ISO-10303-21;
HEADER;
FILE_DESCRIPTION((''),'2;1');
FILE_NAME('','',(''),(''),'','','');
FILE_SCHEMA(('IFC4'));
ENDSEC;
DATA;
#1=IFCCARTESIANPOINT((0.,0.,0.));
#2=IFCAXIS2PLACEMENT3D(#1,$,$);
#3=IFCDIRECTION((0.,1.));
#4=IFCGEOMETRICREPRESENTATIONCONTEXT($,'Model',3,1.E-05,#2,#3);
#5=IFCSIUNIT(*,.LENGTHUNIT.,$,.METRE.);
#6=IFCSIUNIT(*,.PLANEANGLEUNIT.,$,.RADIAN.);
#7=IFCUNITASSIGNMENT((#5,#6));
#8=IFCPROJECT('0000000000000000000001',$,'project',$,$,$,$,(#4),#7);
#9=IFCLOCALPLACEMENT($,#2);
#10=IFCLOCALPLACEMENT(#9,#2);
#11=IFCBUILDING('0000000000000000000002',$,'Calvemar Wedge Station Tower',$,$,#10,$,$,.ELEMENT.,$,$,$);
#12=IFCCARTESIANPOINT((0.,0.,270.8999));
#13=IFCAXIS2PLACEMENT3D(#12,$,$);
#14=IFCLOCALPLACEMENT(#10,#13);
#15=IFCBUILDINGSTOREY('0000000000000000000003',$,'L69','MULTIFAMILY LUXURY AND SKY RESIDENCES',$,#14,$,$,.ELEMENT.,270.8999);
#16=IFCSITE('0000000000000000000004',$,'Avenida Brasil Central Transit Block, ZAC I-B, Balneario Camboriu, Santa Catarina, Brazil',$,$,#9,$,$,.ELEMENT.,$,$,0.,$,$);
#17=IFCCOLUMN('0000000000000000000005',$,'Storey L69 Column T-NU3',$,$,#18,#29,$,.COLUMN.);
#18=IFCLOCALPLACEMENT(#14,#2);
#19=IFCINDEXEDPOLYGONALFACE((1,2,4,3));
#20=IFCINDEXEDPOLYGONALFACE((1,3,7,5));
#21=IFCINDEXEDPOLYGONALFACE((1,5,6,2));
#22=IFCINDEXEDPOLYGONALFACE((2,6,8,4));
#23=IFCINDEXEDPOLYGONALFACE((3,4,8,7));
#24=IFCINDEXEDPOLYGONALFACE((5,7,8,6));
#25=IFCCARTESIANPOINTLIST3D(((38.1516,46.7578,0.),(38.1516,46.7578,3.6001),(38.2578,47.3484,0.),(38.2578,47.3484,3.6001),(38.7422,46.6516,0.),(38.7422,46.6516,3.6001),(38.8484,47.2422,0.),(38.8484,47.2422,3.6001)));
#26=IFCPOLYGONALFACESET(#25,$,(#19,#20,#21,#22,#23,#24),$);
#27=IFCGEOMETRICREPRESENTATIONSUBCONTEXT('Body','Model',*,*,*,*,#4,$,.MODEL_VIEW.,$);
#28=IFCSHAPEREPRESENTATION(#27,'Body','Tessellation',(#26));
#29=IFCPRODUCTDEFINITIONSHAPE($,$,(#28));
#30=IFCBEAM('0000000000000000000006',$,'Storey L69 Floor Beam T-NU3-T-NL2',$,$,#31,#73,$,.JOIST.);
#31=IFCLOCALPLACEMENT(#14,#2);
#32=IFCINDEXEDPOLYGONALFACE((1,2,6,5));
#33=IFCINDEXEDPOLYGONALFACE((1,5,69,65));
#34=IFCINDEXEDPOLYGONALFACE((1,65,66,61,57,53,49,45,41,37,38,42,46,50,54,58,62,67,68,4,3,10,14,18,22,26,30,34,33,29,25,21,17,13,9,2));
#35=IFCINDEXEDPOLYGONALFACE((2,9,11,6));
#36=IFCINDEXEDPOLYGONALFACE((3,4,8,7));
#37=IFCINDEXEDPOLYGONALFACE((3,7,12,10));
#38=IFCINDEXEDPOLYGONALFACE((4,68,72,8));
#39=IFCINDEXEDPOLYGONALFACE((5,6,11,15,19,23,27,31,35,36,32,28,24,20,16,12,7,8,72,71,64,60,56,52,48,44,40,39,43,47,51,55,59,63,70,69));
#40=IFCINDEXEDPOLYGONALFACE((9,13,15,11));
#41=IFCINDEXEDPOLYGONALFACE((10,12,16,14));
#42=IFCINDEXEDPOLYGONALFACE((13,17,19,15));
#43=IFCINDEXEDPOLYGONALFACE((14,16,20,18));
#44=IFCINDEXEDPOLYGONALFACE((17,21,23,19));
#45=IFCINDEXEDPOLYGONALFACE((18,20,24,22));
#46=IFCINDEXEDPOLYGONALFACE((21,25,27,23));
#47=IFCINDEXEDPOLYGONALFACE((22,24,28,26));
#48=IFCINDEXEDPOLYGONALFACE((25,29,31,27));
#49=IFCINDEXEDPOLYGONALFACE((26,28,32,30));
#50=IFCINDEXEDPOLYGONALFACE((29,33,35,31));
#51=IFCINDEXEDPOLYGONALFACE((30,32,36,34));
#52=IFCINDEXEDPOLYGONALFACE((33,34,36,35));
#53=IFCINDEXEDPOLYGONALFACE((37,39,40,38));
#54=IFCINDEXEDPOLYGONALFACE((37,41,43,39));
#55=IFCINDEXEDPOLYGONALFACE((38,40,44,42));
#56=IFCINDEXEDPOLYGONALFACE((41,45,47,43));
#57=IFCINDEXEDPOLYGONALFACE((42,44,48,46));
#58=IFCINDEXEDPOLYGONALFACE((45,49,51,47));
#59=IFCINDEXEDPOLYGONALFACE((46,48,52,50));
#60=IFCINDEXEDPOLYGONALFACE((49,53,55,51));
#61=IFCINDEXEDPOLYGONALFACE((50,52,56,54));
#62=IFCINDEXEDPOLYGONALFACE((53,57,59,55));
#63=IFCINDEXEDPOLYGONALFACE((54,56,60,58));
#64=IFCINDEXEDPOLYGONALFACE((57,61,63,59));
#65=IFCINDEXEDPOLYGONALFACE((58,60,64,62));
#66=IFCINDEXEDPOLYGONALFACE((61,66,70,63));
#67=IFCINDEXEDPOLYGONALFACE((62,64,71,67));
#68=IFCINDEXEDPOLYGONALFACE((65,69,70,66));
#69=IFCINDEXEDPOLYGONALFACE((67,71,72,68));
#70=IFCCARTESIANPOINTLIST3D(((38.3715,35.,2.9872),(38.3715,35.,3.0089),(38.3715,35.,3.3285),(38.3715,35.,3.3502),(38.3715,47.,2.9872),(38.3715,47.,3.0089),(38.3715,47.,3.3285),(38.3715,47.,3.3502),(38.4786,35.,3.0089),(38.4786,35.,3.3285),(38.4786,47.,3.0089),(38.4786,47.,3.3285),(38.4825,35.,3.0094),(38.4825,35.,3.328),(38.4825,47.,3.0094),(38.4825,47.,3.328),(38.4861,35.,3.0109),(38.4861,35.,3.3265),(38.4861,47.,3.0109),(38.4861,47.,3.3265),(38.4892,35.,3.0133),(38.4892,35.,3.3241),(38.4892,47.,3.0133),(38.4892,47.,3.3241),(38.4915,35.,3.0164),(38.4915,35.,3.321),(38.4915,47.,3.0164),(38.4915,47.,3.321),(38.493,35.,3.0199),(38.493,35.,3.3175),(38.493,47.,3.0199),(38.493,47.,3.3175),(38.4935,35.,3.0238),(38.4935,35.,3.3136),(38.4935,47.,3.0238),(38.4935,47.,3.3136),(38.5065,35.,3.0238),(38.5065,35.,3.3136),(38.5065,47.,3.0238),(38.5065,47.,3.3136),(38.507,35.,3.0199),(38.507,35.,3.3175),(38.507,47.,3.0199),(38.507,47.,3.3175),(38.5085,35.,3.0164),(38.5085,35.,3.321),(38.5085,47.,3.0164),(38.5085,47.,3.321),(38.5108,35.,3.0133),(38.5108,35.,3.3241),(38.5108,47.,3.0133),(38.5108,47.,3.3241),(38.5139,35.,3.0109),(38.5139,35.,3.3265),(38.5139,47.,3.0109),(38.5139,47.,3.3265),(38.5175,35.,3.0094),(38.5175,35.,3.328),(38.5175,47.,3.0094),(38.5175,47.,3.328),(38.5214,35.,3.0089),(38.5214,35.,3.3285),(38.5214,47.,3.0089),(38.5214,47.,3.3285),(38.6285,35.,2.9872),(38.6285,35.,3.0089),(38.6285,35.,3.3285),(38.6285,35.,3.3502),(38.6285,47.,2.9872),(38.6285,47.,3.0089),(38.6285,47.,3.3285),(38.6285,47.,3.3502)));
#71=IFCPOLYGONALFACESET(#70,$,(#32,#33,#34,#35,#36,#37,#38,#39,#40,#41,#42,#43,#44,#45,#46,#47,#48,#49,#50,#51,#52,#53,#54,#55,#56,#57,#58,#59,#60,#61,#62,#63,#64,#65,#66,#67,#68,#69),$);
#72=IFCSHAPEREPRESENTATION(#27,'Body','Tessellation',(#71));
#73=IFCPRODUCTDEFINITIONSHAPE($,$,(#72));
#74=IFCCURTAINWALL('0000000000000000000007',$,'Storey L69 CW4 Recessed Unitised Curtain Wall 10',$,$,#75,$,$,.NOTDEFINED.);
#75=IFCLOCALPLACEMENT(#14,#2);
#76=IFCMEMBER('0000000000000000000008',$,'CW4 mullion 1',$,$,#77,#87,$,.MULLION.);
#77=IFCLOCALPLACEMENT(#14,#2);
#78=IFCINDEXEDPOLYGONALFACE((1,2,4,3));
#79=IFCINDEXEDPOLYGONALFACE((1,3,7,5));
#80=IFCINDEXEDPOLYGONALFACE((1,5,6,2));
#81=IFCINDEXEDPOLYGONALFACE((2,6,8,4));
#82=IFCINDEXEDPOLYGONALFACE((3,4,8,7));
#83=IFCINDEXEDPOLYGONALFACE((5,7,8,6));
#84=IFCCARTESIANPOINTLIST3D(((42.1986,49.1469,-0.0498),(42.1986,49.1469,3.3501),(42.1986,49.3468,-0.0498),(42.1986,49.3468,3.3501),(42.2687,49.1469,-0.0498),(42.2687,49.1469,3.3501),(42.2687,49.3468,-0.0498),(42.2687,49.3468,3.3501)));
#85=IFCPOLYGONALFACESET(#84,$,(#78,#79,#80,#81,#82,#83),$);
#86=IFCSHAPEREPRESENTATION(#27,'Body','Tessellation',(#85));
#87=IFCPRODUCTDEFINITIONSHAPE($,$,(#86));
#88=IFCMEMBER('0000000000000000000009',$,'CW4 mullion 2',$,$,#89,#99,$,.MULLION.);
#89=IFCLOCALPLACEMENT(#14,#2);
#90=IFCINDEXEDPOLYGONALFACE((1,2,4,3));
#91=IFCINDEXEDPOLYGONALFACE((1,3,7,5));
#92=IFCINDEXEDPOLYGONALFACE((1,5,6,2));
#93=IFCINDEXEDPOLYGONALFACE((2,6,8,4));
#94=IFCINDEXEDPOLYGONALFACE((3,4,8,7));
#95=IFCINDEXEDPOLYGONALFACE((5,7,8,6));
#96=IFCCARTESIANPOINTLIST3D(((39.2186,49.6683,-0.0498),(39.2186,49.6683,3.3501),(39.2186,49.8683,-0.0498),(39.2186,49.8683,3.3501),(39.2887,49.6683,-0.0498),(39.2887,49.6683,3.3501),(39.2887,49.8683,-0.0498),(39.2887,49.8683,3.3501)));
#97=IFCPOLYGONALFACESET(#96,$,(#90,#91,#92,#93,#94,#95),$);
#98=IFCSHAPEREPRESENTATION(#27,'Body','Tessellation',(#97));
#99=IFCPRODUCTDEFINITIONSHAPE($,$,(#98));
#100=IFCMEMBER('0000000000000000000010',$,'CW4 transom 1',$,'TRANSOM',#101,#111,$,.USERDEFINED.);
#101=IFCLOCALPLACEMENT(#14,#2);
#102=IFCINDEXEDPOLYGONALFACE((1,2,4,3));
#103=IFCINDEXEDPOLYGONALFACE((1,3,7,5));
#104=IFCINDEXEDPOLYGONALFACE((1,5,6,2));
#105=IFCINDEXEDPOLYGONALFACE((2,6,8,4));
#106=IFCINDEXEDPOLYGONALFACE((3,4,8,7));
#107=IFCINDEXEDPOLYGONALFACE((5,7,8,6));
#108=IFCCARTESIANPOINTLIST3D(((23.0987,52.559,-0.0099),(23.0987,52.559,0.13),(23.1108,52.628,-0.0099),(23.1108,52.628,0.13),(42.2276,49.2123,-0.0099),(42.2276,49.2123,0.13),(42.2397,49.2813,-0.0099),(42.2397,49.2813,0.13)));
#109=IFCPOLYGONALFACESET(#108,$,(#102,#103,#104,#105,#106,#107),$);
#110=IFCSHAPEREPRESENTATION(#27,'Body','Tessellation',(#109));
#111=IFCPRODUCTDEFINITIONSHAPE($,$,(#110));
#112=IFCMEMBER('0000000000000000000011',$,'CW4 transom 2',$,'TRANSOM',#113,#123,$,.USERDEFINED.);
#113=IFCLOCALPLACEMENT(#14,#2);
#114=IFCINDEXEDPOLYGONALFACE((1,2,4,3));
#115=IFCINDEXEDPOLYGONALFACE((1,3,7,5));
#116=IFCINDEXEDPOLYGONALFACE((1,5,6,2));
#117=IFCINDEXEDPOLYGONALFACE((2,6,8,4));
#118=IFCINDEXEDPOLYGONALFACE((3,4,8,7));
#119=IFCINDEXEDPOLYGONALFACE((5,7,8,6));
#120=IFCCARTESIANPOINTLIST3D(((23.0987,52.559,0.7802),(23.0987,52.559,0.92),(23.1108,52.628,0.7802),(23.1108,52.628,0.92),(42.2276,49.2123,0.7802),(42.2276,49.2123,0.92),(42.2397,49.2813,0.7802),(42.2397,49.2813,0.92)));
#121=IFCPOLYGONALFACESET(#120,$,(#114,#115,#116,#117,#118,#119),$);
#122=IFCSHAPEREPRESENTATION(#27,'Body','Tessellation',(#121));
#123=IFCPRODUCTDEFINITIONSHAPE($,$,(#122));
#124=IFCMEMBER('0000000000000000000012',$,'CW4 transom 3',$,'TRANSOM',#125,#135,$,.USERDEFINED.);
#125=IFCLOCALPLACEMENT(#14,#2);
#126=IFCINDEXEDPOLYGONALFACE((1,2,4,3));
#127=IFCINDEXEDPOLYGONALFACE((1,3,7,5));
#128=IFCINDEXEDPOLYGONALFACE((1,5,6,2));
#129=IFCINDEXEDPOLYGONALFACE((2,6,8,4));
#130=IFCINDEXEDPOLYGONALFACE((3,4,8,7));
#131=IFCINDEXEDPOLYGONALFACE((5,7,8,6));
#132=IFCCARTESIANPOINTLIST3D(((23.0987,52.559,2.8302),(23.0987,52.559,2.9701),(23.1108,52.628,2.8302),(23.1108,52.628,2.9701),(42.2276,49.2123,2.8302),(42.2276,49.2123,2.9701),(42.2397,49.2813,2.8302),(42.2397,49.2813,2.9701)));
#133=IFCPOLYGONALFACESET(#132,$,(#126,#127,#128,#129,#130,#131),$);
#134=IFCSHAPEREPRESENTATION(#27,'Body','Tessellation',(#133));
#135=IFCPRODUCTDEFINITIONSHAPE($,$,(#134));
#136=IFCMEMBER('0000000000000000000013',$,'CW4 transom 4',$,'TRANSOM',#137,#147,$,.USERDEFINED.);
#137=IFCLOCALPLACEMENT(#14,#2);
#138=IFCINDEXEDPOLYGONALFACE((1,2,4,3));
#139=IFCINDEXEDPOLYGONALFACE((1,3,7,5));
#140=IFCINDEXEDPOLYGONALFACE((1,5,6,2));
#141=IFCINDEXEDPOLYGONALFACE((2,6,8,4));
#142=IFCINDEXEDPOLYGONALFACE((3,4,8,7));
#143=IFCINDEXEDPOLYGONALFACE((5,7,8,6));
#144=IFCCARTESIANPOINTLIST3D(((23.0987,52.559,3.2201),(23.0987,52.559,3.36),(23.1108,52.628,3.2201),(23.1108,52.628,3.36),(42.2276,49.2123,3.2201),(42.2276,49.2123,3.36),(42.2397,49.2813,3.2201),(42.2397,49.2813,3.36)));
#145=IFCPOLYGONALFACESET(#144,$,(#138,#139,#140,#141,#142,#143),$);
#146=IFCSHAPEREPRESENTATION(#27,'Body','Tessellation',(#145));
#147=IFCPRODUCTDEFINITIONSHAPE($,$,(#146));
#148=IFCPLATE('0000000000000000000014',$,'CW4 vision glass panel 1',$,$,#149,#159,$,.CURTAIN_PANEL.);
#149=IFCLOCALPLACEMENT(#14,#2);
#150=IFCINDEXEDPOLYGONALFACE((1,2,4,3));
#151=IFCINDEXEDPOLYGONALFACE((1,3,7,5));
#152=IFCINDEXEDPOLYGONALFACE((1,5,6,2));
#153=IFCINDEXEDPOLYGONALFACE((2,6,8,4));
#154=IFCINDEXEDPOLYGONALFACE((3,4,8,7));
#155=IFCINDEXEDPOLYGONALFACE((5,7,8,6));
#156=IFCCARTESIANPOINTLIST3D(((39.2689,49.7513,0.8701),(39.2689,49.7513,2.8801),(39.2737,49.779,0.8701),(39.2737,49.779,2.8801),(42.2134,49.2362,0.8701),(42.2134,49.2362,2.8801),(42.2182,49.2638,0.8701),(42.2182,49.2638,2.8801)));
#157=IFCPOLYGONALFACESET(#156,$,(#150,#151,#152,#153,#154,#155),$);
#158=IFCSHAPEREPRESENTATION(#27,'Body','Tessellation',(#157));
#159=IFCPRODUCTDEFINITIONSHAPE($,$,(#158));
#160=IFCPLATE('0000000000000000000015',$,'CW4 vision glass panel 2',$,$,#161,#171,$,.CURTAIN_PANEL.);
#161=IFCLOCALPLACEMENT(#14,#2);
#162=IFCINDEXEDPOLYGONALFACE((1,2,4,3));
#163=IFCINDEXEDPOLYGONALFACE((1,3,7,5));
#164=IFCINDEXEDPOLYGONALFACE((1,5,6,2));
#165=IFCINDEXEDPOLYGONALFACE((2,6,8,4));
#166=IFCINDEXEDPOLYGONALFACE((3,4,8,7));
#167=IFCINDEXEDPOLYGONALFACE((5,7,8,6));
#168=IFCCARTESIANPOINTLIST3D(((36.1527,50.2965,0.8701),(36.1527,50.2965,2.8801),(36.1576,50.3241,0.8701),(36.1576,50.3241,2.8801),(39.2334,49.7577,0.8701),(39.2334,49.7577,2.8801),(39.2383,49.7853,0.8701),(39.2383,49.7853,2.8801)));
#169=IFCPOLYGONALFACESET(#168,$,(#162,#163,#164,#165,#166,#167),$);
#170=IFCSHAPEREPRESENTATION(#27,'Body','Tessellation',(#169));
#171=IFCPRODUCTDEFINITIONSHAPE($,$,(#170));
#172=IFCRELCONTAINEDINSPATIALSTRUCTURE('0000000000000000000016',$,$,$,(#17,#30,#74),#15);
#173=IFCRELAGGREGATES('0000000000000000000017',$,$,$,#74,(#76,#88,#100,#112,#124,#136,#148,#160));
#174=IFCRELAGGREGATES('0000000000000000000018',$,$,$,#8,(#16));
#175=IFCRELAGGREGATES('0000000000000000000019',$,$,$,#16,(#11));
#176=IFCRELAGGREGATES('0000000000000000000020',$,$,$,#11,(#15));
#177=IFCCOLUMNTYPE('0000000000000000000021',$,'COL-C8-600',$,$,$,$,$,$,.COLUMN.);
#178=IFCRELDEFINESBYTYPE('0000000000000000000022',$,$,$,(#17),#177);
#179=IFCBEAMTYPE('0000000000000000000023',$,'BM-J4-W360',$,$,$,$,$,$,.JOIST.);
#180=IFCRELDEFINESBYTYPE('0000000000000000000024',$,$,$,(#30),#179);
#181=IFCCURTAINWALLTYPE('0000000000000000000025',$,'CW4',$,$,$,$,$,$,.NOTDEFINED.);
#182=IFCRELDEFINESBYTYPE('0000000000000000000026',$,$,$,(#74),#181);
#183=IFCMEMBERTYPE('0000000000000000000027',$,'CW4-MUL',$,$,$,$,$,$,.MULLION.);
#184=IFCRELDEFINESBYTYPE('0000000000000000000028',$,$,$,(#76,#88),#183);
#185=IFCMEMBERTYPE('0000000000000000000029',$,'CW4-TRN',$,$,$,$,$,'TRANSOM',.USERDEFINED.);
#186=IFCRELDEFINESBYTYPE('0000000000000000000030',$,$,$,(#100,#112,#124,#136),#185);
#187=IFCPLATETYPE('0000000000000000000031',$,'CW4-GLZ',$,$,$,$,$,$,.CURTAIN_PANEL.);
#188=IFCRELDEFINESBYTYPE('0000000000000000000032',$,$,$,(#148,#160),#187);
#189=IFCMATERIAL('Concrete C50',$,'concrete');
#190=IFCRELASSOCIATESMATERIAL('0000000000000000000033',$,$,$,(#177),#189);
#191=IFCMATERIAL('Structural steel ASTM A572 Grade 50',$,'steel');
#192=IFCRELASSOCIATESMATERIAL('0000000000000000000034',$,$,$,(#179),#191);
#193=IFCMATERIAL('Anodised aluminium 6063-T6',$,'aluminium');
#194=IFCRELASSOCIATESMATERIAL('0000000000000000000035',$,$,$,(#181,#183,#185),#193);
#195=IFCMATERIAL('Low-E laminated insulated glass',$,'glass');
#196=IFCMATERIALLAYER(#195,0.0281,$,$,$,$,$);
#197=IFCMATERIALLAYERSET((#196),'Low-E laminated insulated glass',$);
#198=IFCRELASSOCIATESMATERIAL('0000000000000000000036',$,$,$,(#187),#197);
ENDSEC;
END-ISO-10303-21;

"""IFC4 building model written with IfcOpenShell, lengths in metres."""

from ifc_helpers import new_model, si_unit, direction, frame, frame_2d, origin, origin_2d, place, context, subcontext, project, spatial, rectangle, i_section, extrude, source, transform, mapped, material, layer, layer_set, material_profile, profile_set, type_object, element, aggregate, save


model = new_model("IFC4")

# Units and contexts
model_context = context("Model", 3, precision=1e-05, world=origin(), true_north=direction((0.0, 1.0)))
body_context = subcontext(model_context, "Body", "Model", "MODEL_VIEW")
ifc_project = project(units=[si_unit("LENGTHUNIT", "METRE"), si_unit("PLANEANGLEUNIT", "RADIAN")], contexts=[model_context])

# Site, building, storey
site_placement = place(None, origin())
site = spatial("IfcSite", under=ifc_project, at=site_placement, Name="Avenida Brasil Central Transit Block, ZAC I-B, Balneario Camboriu, Santa Catarina, Brazil", CompositionType="ELEMENT", RefElevation=0.0)
building_placement = place(site_placement, origin())
building = spatial("IfcBuilding", under=site, at=building_placement, Name="Calvemar Wedge Station Tower", CompositionType="ELEMENT")
storey_placement = place(building_placement, frame((0.0, 0.0, 270.8999)))
storey = spatial("IfcBuildingStorey", under=building, at=storey_placement, Name="L69", Description="MULTIFAMILY LUXURY AND SKY RESIDENCES", CompositionType="ELEMENT", Elevation=270.8999)

# Column
ifc_material_1 = material(Name="Concrete C50", Category="concrete")
ifc_material_profile_1 = material_profile(ifc_material_1, rectangle(XDim=0.6001, YDim=0.6001, at=origin_2d()), Name="RC600x600")
ifc_profile_set_1 = profile_set([ifc_material_profile_1], Name="Concrete C50")
column_type = type_object("IfcColumnType", Name="COL-C8-600", PredefinedType="COLUMN", material=ifc_profile_set_1)
shared_shape_1 = source(origin(), body_context, "Body", "SweptSolid", [
    extrude(rectangle(XDim=0.6001, YDim=0.6001, at=origin_2d()), origin(), (0.0, 0.0, 1.0), 3.6001),
])
column_placement = place(storey_placement, frame((38.5, 47.0, 0.0), z_axis=(0.0, 0.0, 1.0), x_axis=(0.984196, -0.177085, 0.0)))
element("IfcColumn", 1, at=column_placement, inside=storey, type_object=column_type, Name="Storey L69 Column T-NU3", PredefinedType="COLUMN", context=body_context, shape_type="MappedRepresentation", body=[
    mapped(shared_shape_1, transform((0.0, 0.0, 0.0), scale=1.0)),
])

# Beam
ifc_material_2 = material(Name="Structural steel ASTM A572 Grade 50", Category="steel")
ifc_material_profile_2 = material_profile(ifc_material_2, i_section(OverallWidth=0.2571, OverallDepth=0.363, WebThickness=0.0129, FlangeThickness=0.0217, FilletRadius=0.0149, at=origin_2d()), Name="W360x122")
ifc_profile_set_2 = profile_set([ifc_material_profile_2], Name="Structural steel ASTM A572 Grade 50")
beam_type = type_object("IfcBeamType", Name="BM-J4-W360", PredefinedType="JOIST", material=ifc_profile_set_2)
shared_shape_2 = source(origin(), body_context, "Body", "SweptSolid", [
    extrude(i_section(OverallWidth=0.2571, OverallDepth=0.363, WebThickness=0.0129, FlangeThickness=0.0217, FilletRadius=0.0149, at=origin_2d()), origin(), (0.0, 0.0, 1.0), 12.0),
])
beam_placement = place(storey_placement, frame((38.5, 47.0, 3.1687), z_axis=(0.0, -1.0, 0.0), x_axis=(1.0, 0.0, 0.0)))
element("IfcBeam", 2, at=beam_placement, inside=storey, type_object=beam_type, Name="Storey L69 Floor Beam T-NU3-T-NL2", PredefinedType="JOIST", context=body_context, shape_type="MappedRepresentation", body=[
    mapped(shared_shape_2, transform((0.0, 0.0, 0.0), scale=1.0)),
])

# Curtain wall, members, plates
ifc_material_3 = material(Name="Anodised aluminium 6063-T6", Category="aluminium")
curtain_wall_type = type_object("IfcCurtainWallType", Name="CW4", PredefinedType="NOTDEFINED", material=ifc_material_3)
curtain_wall_placement = place(storey_placement, origin())
curtain_wall = element("IfcCurtainWall", 3, at=curtain_wall_placement, inside=storey, type_object=curtain_wall_type, Name="Storey L69 CW4 Recessed Unitised Curtain Wall 10", PredefinedType="NOTDEFINED")
ifc_material_profile_3 = material_profile(ifc_material_3, rectangle(XDim=0.0701, YDim=0.2, at=origin_2d()), Name="AL-MUL-70x200")
ifc_profile_set_3 = profile_set([ifc_material_profile_3], Name="Anodised aluminium 6063-T6")
member_type_1 = type_object("IfcMemberType", Name="CW4-MUL", PredefinedType="MULLION", material=ifc_profile_set_3)
shared_shape_3 = source(origin(), body_context, "Body", "SweptSolid", [
    extrude(rectangle(XDim=0.0701, YDim=0.2, at=origin_2d()), origin(), (0.0, 0.0, 1.0), 3.3999),
])
member_1_placement = place(storey_placement, frame((42.2336, 49.2468, -0.0498), z_axis=(0.0, 0.0, 1.0), x_axis=(1.0, 0.0, 0.0)))
member_1 = element("IfcMember", 4, at=member_1_placement, type_object=member_type_1, Name="CW4 mullion 1", PredefinedType="MULLION", context=body_context, shape_type="MappedRepresentation", body=[
    mapped(shared_shape_3, transform((0.0, 0.0, 0.0), scale=1.0)),
])
member_2_placement = place(storey_placement, frame((39.2537, 49.7683, -0.0498), z_axis=(0.0, 0.0, 1.0), x_axis=(1.0, 0.0, 0.0)))
member_2 = element("IfcMember", 5, at=member_2_placement, type_object=member_type_1, Name="CW4 mullion 2", PredefinedType="MULLION", context=body_context, shape_type="MappedRepresentation", body=[
    mapped(shared_shape_3, transform((0.0, 0.0, 0.0), scale=1.0)),
])
ifc_material_profile_4 = material_profile(ifc_material_3, rectangle(XDim=0.0701, YDim=0.1399, at=origin_2d()), Name="AL-TRN-70x140")
ifc_profile_set_4 = profile_set([ifc_material_profile_4], Name="Anodised aluminium 6063-T6")
member_type_2 = type_object("IfcMemberType", Name="CW4-TRN", ElementType="TRANSOM", PredefinedType="USERDEFINED", material=ifc_profile_set_4)
shared_shape_4 = source(origin(), body_context, "Body", "SweptSolid", [
    extrude(rectangle(XDim=0.0701, YDim=0.1399, at=origin_2d()), origin(), (0.0, 0.0, 1.0), 19.4194),
])
member_3_placement = place(storey_placement, frame((42.2336, 49.2468, 0.0601), z_axis=(-0.985038, 0.172336, 0.0), x_axis=(-0.172336, -0.985038, 0.0)))
member_3 = element("IfcMember", 6, at=member_3_placement, type_object=member_type_2, Name="CW4 transom 1", ObjectType="TRANSOM", PredefinedType="USERDEFINED", context=body_context, shape_type="MappedRepresentation", body=[
    mapped(shared_shape_4, transform((0.0, 0.0, 0.0), scale=1.0)),
])
member_4_placement = place(storey_placement, frame((42.2336, 49.2468, 0.8501), z_axis=(-0.985038, 0.172336, 0.0), x_axis=(-0.172336, -0.985038, 0.0)))
member_4 = element("IfcMember", 7, at=member_4_placement, type_object=member_type_2, Name="CW4 transom 2", ObjectType="TRANSOM", PredefinedType="USERDEFINED", context=body_context, shape_type="MappedRepresentation", body=[
    mapped(shared_shape_4, transform((0.0, 0.0, 0.0), scale=1.0)),
])
member_5_placement = place(storey_placement, frame((42.2336, 49.2468, 2.9001), z_axis=(-0.985038, 0.172336, 0.0), x_axis=(-0.172336, -0.985038, 0.0)))
member_5 = element("IfcMember", 8, at=member_5_placement, type_object=member_type_2, Name="CW4 transom 3", ObjectType="TRANSOM", PredefinedType="USERDEFINED", context=body_context, shape_type="MappedRepresentation", body=[
    mapped(shared_shape_4, transform((0.0, 0.0, 0.0), scale=1.0)),
])
member_6_placement = place(storey_placement, frame((42.2336, 49.2468, 3.29), z_axis=(-0.985038, 0.172336, 0.0), x_axis=(-0.172336, -0.985038, 0.0)))
member_6 = element("IfcMember", 9, at=member_6_placement, type_object=member_type_2, Name="CW4 transom 4", ObjectType="TRANSOM", PredefinedType="USERDEFINED", context=body_context, shape_type="MappedRepresentation", body=[
    mapped(shared_shape_4, transform((0.0, 0.0, 0.0), scale=1.0)),
])
ifc_material_4 = material(Name="Low-E laminated insulated glass", Category="glass")
ifc_layer_1 = layer(ifc_material_4, 0.0281)
ifc_layer_set_1 = layer_set([ifc_layer_1], Name="Low-E laminated insulated glass")
plate_type_1 = type_object("IfcPlateType", Name="CW4-GLZ", PredefinedType="CURTAIN_PANEL", material=ifc_layer_set_1)
plate_1_placement = place(storey_placement, frame((42.2158, 49.25, 0.8701), z_axis=(0.0, 0.0, 1.0), x_axis=(-0.98504, 0.172327, 0.0)))
plate_1 = element("IfcPlate", 10, at=plate_1_placement, type_object=plate_type_1, Name="CW4 vision glass panel 1", PredefinedType="CURTAIN_PANEL", context=body_context, shape_type="SweptSolid", body=[
    extrude(rectangle(XDim=2.9893, YDim=0.0281, at=frame_2d((1.4946, 0.0))), origin(), (0.0, 0.0, 1.0), 2.01),
])
plate_2_placement = place(storey_placement, frame((39.2358, 49.7715, 0.8701), z_axis=(0.0, 0.0, 1.0), x_axis=(-0.985046, 0.172293, 0.0)))
plate_2 = element("IfcPlate", 11, at=plate_2_placement, type_object=plate_type_1, Name="CW4 vision glass panel 2", PredefinedType="CURTAIN_PANEL", context=body_context, shape_type="SweptSolid", body=[
    extrude(rectangle(XDim=3.1274, YDim=0.0281, at=frame_2d((1.5637, 0.0))), origin(), (0.0, 0.0, 1.0), 2.01),
])
aggregate(curtain_wall, [member_1, member_2, member_3, member_4, member_5, member_6, plate_1, plate_2])

save(model, "model.ifc")
